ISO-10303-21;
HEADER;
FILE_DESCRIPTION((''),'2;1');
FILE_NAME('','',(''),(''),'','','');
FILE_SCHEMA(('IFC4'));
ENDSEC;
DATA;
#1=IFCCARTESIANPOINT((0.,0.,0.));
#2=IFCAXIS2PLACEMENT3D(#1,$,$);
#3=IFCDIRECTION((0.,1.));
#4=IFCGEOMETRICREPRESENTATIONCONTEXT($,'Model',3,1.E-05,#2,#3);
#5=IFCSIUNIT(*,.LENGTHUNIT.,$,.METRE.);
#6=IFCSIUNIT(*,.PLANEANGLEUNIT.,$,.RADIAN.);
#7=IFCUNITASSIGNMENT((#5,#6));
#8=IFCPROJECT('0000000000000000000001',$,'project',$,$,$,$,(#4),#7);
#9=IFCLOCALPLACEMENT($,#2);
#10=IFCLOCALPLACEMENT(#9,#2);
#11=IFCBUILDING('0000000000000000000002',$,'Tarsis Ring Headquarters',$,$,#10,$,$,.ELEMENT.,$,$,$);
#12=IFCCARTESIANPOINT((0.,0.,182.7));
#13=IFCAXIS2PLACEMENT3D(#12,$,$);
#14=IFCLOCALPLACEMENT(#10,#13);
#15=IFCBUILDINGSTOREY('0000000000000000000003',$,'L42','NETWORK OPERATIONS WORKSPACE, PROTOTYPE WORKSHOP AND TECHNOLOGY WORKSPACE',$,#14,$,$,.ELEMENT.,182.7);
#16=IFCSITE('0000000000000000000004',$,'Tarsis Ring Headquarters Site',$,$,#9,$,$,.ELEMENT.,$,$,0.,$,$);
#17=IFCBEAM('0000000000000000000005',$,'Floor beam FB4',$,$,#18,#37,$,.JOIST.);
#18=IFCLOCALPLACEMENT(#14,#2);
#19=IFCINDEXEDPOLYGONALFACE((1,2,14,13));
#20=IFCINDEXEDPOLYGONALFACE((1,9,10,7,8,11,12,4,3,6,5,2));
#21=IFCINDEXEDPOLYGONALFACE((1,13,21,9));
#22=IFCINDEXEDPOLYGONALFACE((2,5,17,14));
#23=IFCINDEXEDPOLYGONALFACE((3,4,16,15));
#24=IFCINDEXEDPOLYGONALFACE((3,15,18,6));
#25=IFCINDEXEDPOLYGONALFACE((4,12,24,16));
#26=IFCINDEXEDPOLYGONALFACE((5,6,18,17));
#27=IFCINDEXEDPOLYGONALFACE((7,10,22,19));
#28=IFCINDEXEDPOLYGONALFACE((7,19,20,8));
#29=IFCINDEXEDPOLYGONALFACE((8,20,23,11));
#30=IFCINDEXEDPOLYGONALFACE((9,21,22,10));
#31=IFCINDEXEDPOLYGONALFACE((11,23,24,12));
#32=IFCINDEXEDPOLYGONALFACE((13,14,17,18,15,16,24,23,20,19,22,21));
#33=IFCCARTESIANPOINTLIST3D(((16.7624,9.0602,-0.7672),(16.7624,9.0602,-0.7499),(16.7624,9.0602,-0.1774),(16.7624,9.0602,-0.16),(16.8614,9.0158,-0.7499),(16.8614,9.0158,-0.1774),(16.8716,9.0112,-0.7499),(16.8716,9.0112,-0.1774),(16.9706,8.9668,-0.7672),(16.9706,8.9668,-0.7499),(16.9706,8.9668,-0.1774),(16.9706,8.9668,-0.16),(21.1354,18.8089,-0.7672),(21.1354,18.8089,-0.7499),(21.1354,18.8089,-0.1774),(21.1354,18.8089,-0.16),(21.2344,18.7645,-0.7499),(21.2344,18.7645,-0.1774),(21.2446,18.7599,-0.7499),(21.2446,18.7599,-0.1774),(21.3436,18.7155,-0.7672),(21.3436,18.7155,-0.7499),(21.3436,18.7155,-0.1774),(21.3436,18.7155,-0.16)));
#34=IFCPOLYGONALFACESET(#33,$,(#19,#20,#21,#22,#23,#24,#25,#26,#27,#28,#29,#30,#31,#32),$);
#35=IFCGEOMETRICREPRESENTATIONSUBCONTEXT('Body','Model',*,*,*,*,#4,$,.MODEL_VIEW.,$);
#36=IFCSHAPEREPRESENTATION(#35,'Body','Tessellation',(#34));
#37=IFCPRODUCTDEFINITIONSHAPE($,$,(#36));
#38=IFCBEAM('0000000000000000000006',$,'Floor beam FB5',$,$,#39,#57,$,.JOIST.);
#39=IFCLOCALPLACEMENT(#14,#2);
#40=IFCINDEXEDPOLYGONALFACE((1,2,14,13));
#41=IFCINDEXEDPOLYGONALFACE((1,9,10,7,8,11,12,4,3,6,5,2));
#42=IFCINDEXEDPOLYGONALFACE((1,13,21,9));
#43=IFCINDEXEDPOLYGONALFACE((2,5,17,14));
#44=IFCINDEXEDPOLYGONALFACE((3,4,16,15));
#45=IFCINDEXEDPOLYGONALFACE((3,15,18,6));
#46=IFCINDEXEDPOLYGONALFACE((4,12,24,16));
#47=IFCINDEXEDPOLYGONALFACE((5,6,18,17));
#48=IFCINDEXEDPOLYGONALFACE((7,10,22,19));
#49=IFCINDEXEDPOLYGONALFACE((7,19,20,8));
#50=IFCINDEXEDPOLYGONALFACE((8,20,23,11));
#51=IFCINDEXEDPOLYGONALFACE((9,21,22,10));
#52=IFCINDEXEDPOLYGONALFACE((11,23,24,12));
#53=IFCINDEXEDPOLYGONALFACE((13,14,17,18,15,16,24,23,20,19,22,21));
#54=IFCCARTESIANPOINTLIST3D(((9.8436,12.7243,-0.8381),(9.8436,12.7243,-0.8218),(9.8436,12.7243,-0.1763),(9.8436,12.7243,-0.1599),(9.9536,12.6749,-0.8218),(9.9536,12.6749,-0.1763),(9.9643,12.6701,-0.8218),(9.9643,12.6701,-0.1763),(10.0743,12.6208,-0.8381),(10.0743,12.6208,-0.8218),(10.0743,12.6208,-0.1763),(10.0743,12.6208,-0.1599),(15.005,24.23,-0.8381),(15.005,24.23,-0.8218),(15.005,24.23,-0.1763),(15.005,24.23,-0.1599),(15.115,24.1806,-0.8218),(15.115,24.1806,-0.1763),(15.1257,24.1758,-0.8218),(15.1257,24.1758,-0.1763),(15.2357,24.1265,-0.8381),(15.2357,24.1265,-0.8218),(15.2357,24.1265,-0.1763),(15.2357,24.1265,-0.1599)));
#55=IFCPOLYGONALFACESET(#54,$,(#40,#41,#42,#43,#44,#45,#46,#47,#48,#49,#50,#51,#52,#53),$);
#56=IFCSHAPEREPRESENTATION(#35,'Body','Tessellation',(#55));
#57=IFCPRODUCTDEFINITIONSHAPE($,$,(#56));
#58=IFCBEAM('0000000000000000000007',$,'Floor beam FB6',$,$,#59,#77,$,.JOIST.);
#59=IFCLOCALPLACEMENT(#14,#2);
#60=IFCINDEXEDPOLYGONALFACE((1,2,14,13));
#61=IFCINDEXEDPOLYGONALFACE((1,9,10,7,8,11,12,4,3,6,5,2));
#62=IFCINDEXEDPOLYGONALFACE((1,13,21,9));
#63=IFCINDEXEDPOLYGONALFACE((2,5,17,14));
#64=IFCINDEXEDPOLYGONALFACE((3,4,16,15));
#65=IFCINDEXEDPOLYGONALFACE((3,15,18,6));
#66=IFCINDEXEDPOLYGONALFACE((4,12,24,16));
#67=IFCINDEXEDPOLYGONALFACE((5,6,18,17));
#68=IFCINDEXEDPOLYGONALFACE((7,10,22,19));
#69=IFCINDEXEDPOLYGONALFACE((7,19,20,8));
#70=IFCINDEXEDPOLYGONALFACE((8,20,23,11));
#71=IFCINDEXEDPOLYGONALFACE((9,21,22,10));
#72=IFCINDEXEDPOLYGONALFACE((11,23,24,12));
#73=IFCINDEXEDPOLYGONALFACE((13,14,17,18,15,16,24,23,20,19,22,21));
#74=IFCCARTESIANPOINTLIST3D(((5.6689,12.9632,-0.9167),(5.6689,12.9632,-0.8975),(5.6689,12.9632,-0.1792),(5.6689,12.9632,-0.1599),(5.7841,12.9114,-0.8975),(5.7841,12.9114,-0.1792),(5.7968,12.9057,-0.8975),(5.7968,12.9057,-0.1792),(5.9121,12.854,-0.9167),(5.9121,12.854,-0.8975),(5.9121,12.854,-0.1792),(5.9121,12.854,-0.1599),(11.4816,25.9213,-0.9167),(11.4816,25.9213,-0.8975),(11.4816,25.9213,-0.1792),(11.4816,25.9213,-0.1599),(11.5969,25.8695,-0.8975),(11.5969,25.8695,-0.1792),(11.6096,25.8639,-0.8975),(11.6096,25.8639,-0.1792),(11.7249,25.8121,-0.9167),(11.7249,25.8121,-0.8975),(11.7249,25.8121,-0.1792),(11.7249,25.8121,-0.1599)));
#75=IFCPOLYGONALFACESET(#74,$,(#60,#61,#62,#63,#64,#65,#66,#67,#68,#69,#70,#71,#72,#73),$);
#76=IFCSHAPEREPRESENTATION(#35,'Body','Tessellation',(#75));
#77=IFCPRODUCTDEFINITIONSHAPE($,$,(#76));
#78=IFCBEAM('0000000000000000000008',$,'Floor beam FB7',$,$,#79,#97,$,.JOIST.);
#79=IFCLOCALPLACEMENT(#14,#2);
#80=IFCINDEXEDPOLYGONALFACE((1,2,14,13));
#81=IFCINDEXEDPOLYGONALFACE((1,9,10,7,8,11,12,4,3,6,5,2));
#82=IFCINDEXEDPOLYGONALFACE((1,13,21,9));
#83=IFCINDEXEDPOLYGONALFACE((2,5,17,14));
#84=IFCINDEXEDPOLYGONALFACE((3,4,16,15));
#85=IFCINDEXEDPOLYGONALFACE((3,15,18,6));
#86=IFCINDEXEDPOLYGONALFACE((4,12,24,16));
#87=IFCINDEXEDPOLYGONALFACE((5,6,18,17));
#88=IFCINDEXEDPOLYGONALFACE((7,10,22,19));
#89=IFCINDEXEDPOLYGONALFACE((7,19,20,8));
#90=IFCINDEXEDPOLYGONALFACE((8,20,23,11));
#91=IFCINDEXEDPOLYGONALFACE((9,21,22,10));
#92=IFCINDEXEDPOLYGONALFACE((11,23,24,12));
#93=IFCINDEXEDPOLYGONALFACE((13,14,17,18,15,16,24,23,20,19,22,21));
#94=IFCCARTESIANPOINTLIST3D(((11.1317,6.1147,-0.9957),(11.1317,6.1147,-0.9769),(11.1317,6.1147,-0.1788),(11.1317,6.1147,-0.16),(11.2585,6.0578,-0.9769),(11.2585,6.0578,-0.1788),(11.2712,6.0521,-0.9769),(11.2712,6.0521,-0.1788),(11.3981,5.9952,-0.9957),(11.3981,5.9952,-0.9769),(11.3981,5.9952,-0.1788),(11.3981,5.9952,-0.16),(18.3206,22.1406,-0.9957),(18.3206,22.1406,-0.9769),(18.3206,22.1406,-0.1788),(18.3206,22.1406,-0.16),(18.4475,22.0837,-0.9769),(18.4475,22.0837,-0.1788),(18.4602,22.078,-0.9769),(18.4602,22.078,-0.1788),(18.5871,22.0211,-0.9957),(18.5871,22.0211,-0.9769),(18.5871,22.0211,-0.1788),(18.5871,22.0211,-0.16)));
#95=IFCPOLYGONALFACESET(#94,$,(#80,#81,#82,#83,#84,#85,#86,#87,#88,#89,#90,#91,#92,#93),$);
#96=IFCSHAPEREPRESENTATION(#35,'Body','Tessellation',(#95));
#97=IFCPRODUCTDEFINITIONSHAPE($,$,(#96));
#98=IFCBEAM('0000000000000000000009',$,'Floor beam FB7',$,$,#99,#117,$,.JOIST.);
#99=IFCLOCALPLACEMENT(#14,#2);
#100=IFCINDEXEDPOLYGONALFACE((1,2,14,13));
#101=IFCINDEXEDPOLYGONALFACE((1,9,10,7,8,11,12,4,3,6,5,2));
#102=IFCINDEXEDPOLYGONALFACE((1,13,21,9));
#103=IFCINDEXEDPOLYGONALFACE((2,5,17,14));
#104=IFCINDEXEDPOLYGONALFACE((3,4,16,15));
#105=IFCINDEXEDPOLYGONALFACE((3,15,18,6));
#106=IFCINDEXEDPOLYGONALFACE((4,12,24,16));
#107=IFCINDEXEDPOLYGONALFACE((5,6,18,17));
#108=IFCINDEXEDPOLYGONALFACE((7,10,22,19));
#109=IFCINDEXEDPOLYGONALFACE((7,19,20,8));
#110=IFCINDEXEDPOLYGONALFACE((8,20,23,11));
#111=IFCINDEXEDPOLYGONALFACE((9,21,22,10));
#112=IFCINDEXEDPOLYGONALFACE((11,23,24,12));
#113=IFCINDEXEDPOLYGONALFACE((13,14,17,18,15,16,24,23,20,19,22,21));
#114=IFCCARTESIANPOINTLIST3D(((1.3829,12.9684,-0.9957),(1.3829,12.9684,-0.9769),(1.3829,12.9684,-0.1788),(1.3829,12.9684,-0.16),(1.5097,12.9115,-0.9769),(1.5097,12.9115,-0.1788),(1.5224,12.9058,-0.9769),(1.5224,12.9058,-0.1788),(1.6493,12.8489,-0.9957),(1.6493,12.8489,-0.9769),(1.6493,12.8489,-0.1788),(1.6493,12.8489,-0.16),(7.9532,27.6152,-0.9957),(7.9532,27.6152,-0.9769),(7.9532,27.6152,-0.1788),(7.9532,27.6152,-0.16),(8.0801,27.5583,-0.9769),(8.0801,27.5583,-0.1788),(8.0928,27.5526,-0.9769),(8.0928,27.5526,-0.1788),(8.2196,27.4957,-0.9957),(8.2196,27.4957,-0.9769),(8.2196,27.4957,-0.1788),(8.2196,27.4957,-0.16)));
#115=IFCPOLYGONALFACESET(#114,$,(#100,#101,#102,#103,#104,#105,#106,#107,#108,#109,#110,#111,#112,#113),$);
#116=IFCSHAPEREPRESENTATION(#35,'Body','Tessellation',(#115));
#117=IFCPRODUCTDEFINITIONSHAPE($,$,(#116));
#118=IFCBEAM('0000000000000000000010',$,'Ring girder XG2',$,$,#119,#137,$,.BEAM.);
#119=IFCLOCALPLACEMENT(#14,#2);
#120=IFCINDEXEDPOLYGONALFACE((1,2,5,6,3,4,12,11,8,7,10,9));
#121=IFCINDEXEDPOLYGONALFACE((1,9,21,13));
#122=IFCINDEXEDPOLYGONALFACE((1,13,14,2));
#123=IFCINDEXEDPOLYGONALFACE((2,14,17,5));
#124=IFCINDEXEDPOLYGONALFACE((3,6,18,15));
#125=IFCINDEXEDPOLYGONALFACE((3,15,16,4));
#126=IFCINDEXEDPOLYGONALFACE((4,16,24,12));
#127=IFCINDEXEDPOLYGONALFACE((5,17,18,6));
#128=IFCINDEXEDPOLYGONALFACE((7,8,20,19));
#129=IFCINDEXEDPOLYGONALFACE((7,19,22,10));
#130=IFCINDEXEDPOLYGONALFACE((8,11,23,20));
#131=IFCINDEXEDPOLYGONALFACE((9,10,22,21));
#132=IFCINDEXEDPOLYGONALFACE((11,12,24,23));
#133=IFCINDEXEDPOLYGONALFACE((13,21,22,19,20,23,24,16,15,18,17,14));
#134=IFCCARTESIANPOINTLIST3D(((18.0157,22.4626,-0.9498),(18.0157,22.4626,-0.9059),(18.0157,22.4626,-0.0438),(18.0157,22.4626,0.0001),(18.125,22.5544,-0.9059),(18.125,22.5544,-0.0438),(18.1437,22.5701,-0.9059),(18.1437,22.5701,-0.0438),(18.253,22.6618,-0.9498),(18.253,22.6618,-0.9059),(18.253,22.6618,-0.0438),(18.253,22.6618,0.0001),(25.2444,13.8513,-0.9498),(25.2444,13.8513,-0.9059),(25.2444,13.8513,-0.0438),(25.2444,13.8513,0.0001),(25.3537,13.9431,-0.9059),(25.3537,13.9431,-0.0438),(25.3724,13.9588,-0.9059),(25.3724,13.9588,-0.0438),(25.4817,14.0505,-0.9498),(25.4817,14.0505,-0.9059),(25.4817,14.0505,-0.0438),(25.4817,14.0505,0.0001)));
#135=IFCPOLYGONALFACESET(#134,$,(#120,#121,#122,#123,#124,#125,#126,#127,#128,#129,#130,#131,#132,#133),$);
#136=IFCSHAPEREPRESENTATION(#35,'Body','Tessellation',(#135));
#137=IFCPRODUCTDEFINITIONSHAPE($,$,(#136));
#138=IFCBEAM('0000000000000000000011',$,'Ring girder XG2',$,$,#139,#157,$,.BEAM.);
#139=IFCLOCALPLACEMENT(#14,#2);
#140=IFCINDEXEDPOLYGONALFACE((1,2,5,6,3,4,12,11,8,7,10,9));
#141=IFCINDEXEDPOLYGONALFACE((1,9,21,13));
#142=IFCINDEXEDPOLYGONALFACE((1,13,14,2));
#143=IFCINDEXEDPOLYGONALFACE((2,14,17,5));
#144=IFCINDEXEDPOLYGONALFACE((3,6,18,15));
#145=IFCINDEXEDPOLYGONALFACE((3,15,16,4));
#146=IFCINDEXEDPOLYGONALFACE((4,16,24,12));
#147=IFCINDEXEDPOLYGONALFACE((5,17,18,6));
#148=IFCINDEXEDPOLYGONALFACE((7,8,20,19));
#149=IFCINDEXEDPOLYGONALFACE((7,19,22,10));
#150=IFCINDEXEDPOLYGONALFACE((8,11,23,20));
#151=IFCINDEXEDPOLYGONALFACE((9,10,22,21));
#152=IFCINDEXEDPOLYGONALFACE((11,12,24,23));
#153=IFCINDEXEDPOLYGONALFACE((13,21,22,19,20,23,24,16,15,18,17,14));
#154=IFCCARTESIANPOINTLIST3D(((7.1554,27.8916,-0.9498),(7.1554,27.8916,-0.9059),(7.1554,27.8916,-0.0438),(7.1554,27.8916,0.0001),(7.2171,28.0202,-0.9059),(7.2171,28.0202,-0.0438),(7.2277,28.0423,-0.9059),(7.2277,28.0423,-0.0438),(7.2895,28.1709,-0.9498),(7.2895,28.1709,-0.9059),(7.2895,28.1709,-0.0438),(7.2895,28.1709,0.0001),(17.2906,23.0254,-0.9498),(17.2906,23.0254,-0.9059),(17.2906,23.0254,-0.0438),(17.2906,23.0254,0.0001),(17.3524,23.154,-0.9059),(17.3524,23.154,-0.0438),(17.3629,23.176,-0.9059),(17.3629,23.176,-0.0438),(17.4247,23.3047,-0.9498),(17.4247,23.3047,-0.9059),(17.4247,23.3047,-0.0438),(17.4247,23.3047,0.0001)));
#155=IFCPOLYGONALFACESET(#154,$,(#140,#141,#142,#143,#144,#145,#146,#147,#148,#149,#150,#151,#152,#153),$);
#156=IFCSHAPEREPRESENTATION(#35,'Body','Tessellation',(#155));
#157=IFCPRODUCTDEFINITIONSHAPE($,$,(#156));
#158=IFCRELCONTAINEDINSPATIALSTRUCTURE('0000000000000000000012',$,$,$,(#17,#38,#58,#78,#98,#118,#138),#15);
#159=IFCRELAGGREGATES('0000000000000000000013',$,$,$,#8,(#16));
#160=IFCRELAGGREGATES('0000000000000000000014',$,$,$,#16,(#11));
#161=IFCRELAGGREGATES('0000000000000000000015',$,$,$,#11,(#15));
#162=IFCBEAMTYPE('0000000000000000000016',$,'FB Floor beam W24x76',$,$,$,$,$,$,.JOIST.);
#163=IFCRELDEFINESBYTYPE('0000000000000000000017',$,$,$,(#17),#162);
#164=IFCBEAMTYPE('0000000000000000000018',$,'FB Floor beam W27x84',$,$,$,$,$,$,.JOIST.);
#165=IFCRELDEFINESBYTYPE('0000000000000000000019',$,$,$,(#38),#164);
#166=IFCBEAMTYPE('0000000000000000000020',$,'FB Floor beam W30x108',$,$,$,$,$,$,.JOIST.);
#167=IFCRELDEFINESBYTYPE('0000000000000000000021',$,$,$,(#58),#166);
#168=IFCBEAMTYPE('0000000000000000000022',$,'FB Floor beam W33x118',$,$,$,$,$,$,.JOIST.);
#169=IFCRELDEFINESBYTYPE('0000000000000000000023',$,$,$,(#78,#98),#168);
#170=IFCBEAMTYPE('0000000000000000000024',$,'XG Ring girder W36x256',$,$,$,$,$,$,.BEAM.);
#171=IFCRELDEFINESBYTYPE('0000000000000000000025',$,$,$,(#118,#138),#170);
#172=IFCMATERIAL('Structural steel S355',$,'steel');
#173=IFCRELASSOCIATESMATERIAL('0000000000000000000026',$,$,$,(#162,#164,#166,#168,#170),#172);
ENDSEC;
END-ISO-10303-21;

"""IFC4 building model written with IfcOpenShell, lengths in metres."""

from ifc_helpers import new_model, si_unit, direction, frame, origin, origin_2d, place, context, subcontext, project, spatial, i_section, extrude, material, material_profile, profile_set, type_object, element, save


model = new_model("IFC4")

# Units and contexts
model_context = context("Model", 3, precision=1e-05, world=origin(), true_north=direction((0.0, 1.0)))
body_context = subcontext(model_context, "Body", "Model", "MODEL_VIEW")
ifc_project = project(units=[si_unit("LENGTHUNIT", "METRE"), si_unit("PLANEANGLEUNIT", "RADIAN")], contexts=[model_context])

# Site, building, storey
site_placement = place(None, origin())
site = spatial("IfcSite", under=ifc_project, at=site_placement, Name="Tarsis Ring Headquarters Site", CompositionType="ELEMENT", RefElevation=0.0)
building_placement = place(site_placement, origin())
building = spatial("IfcBuilding", under=site, at=building_placement, Name="Tarsis Ring Headquarters", CompositionType="ELEMENT")
storey_placement = place(building_placement, frame((0.0, 0.0, 182.7)))
storey = spatial("IfcBuildingStorey", under=building, at=storey_placement, Name="L42", Description="NETWORK OPERATIONS WORKSPACE, PROTOTYPE WORKSHOP AND TECHNOLOGY WORKSPACE", CompositionType="ELEMENT", Elevation=182.7)

# Shared definitions
ifc_material_1 = material(Name="Structural steel S355", Category="steel")

# Beams
ifc_material_profile_1 = material_profile(ifc_material_1, i_section(OverallWidth=0.2283, OverallDepth=0.6072, WebThickness=0.0112, FlangeThickness=0.0173, at=origin_2d()), Name="W24x76")
ifc_profile_set_1 = profile_set([ifc_material_profile_1], Name="Structural steel S355")
beam_type_1 = type_object("IfcBeamType", Name="FB Floor beam W24x76", PredefinedType="JOIST", material=ifc_profile_set_1)
beam_1_placement = place(storey_placement, frame((21.2395, 18.7622, -0.4636), z_axis=(-0.409282, -0.912408, 0.0), x_axis=(0.912408, -0.409282, 0.0)))
element("IfcBeam", 1, at=beam_1_placement, inside=storey, type_object=beam_type_1, Name="Floor beam FB4", PredefinedType="JOIST", context=body_context, shape_type="SweptSolid", body=[
    extrude(i_section(OverallWidth=0.2283, OverallDepth=0.6072, WebThickness=0.0112, FlangeThickness=0.0173, at=origin_2d()), origin(), (0.0, 0.0, 1.0), 10.6846),
])
ifc_material_profile_2 = material_profile(ifc_material_1, i_section(OverallWidth=0.2529, OverallDepth=0.6782, WebThickness=0.0117, FlangeThickness=0.0164, at=origin_2d()), Name="W27x84")
ifc_profile_set_2 = profile_set([ifc_material_profile_2], Name="Structural steel S355")
beam_type_2 = type_object("IfcBeamType", Name="FB Floor beam W27x84", PredefinedType="JOIST", material=ifc_profile_set_2)
beam_2_placement = place(storey_placement, frame((15.1204, 24.1782, -0.499), z_axis=(-0.409299, -0.9124, 0.0), x_axis=(0.9124, -0.409299, 0.0)))
element("IfcBeam", 2, at=beam_2_placement, inside=storey, type_object=beam_type_2, Name="Floor beam FB5", PredefinedType="JOIST", context=body_context, shape_type="SweptSolid", body=[
    extrude(i_section(OverallWidth=0.2529, OverallDepth=0.6782, WebThickness=0.0117, FlangeThickness=0.0164, at=origin_2d()), origin(), (0.0, 0.0, 1.0), 12.6104),
])
ifc_material_profile_3 = material_profile(ifc_material_1, i_section(OverallWidth=0.2666, OverallDepth=0.7568, WebThickness=0.0139, FlangeThickness=0.0193, at=origin_2d()), Name="W30x108")
ifc_profile_set_3 = profile_set([ifc_material_profile_3], Name="Structural steel S355")
beam_type_3 = type_object("IfcBeamType", Name="FB Floor beam W30x108", PredefinedType="JOIST", material=ifc_profile_set_3)
beam_3_placement = place(storey_placement, frame((11.6033, 25.8667, -0.5383), z_axis=(-0.409289, -0.912405, 0.0), x_axis=(0.912405, -0.409289, 0.0)))
element("IfcBeam", 3, at=beam_3_placement, inside=storey, type_object=beam_type_3, Name="Floor beam FB6", PredefinedType="JOIST", context=body_context, shape_type="SweptSolid", body=[
    extrude(i_section(OverallWidth=0.2666, OverallDepth=0.7568, WebThickness=0.0139, FlangeThickness=0.0193, at=origin_2d()), origin(), (0.0, 0.0, 1.0), 14.2021),
])
ifc_material_profile_4 = material_profile(ifc_material_1, i_section(OverallWidth=0.292, OverallDepth=0.8357, WebThickness=0.0139, FlangeThickness=0.0188, at=origin_2d()), Name="W33x118")
ifc_profile_set_4 = profile_set([ifc_material_profile_4], Name="Structural steel S355")
beam_type_4 = type_object("IfcBeamType", Name="FB Floor beam W33x118", PredefinedType="JOIST", material=ifc_profile_set_4)
beam_4_placement = place(storey_placement, frame((18.4539, 22.0808, -0.5779), z_axis=(-0.409291, -0.912404, 0.0), x_axis=(0.912404, -0.409291, 0.0)))
element("IfcBeam", 4, at=beam_4_placement, inside=storey, type_object=beam_type_4, Name="Floor beam FB7", PredefinedType="JOIST", context=body_context, shape_type="SweptSolid", body=[
    extrude(i_section(OverallWidth=0.292, OverallDepth=0.8357, WebThickness=0.0139, FlangeThickness=0.0188, at=origin_2d()), origin(), (0.0, 0.0, 1.0), 17.5645),
])
beam_5_placement = place(storey_placement, frame((8.0864, 27.5554, -0.5779), z_axis=(-0.409291, -0.912404, 0.0), x_axis=(0.912404, -0.409291, 0.0)))
element("IfcBeam", 5, at=beam_5_placement, inside=storey, type_object=beam_type_4, Name="Floor beam FB7", PredefinedType="JOIST", context=body_context, shape_type="SweptSolid", body=[
    extrude(i_section(OverallWidth=0.292, OverallDepth=0.8357, WebThickness=0.0139, FlangeThickness=0.0188, at=origin_2d()), origin(), (0.0, 0.0, 1.0), 16.053),
])
ifc_material_profile_5 = material_profile(ifc_material_1, i_section(OverallWidth=0.3098, OverallDepth=0.95, WebThickness=0.0244, FlangeThickness=0.0439, at=origin_2d()), Name="W36x256")
ifc_profile_set_5 = profile_set([ifc_material_profile_5], Name="Structural steel S355")
beam_type_5 = type_object("IfcBeamType", Name="XG Ring girder W36x256", PredefinedType="BEAM", material=ifc_profile_set_5)
beam_6_placement = place(storey_placement, frame((25.363, 13.9509, -0.4749), z_axis=(-0.642944, 0.765913, 0.0), x_axis=(-0.765913, -0.642944, 0.0)))
element("IfcBeam", 6, at=beam_6_placement, inside=storey, type_object=beam_type_5, Name="Ring girder XG2", PredefinedType="BEAM", context=body_context, shape_type="SweptSolid", body=[
    extrude(i_section(OverallWidth=0.3098, OverallDepth=0.95, WebThickness=0.0244, FlangeThickness=0.0439, at=origin_2d()), origin(), (0.0, 0.0, 1.0), 11.2432),
])
beam_7_placement = place(storey_placement, frame((17.3577, 23.165, -0.4749), z_axis=(-0.901478, 0.432824, 0.0), x_axis=(-0.432824, -0.901478, 0.0)))
element("IfcBeam", 7, at=beam_7_placement, inside=storey, type_object=beam_type_5, Name="Ring girder XG2", PredefinedType="BEAM", context=body_context, shape_type="SweptSolid", body=[
    extrude(i_section(OverallWidth=0.3098, OverallDepth=0.95, WebThickness=0.0244, FlangeThickness=0.0439, at=origin_2d()), origin(), (0.0, 0.0, 1.0), 11.2429),
])

save(model, "model.ifc")
